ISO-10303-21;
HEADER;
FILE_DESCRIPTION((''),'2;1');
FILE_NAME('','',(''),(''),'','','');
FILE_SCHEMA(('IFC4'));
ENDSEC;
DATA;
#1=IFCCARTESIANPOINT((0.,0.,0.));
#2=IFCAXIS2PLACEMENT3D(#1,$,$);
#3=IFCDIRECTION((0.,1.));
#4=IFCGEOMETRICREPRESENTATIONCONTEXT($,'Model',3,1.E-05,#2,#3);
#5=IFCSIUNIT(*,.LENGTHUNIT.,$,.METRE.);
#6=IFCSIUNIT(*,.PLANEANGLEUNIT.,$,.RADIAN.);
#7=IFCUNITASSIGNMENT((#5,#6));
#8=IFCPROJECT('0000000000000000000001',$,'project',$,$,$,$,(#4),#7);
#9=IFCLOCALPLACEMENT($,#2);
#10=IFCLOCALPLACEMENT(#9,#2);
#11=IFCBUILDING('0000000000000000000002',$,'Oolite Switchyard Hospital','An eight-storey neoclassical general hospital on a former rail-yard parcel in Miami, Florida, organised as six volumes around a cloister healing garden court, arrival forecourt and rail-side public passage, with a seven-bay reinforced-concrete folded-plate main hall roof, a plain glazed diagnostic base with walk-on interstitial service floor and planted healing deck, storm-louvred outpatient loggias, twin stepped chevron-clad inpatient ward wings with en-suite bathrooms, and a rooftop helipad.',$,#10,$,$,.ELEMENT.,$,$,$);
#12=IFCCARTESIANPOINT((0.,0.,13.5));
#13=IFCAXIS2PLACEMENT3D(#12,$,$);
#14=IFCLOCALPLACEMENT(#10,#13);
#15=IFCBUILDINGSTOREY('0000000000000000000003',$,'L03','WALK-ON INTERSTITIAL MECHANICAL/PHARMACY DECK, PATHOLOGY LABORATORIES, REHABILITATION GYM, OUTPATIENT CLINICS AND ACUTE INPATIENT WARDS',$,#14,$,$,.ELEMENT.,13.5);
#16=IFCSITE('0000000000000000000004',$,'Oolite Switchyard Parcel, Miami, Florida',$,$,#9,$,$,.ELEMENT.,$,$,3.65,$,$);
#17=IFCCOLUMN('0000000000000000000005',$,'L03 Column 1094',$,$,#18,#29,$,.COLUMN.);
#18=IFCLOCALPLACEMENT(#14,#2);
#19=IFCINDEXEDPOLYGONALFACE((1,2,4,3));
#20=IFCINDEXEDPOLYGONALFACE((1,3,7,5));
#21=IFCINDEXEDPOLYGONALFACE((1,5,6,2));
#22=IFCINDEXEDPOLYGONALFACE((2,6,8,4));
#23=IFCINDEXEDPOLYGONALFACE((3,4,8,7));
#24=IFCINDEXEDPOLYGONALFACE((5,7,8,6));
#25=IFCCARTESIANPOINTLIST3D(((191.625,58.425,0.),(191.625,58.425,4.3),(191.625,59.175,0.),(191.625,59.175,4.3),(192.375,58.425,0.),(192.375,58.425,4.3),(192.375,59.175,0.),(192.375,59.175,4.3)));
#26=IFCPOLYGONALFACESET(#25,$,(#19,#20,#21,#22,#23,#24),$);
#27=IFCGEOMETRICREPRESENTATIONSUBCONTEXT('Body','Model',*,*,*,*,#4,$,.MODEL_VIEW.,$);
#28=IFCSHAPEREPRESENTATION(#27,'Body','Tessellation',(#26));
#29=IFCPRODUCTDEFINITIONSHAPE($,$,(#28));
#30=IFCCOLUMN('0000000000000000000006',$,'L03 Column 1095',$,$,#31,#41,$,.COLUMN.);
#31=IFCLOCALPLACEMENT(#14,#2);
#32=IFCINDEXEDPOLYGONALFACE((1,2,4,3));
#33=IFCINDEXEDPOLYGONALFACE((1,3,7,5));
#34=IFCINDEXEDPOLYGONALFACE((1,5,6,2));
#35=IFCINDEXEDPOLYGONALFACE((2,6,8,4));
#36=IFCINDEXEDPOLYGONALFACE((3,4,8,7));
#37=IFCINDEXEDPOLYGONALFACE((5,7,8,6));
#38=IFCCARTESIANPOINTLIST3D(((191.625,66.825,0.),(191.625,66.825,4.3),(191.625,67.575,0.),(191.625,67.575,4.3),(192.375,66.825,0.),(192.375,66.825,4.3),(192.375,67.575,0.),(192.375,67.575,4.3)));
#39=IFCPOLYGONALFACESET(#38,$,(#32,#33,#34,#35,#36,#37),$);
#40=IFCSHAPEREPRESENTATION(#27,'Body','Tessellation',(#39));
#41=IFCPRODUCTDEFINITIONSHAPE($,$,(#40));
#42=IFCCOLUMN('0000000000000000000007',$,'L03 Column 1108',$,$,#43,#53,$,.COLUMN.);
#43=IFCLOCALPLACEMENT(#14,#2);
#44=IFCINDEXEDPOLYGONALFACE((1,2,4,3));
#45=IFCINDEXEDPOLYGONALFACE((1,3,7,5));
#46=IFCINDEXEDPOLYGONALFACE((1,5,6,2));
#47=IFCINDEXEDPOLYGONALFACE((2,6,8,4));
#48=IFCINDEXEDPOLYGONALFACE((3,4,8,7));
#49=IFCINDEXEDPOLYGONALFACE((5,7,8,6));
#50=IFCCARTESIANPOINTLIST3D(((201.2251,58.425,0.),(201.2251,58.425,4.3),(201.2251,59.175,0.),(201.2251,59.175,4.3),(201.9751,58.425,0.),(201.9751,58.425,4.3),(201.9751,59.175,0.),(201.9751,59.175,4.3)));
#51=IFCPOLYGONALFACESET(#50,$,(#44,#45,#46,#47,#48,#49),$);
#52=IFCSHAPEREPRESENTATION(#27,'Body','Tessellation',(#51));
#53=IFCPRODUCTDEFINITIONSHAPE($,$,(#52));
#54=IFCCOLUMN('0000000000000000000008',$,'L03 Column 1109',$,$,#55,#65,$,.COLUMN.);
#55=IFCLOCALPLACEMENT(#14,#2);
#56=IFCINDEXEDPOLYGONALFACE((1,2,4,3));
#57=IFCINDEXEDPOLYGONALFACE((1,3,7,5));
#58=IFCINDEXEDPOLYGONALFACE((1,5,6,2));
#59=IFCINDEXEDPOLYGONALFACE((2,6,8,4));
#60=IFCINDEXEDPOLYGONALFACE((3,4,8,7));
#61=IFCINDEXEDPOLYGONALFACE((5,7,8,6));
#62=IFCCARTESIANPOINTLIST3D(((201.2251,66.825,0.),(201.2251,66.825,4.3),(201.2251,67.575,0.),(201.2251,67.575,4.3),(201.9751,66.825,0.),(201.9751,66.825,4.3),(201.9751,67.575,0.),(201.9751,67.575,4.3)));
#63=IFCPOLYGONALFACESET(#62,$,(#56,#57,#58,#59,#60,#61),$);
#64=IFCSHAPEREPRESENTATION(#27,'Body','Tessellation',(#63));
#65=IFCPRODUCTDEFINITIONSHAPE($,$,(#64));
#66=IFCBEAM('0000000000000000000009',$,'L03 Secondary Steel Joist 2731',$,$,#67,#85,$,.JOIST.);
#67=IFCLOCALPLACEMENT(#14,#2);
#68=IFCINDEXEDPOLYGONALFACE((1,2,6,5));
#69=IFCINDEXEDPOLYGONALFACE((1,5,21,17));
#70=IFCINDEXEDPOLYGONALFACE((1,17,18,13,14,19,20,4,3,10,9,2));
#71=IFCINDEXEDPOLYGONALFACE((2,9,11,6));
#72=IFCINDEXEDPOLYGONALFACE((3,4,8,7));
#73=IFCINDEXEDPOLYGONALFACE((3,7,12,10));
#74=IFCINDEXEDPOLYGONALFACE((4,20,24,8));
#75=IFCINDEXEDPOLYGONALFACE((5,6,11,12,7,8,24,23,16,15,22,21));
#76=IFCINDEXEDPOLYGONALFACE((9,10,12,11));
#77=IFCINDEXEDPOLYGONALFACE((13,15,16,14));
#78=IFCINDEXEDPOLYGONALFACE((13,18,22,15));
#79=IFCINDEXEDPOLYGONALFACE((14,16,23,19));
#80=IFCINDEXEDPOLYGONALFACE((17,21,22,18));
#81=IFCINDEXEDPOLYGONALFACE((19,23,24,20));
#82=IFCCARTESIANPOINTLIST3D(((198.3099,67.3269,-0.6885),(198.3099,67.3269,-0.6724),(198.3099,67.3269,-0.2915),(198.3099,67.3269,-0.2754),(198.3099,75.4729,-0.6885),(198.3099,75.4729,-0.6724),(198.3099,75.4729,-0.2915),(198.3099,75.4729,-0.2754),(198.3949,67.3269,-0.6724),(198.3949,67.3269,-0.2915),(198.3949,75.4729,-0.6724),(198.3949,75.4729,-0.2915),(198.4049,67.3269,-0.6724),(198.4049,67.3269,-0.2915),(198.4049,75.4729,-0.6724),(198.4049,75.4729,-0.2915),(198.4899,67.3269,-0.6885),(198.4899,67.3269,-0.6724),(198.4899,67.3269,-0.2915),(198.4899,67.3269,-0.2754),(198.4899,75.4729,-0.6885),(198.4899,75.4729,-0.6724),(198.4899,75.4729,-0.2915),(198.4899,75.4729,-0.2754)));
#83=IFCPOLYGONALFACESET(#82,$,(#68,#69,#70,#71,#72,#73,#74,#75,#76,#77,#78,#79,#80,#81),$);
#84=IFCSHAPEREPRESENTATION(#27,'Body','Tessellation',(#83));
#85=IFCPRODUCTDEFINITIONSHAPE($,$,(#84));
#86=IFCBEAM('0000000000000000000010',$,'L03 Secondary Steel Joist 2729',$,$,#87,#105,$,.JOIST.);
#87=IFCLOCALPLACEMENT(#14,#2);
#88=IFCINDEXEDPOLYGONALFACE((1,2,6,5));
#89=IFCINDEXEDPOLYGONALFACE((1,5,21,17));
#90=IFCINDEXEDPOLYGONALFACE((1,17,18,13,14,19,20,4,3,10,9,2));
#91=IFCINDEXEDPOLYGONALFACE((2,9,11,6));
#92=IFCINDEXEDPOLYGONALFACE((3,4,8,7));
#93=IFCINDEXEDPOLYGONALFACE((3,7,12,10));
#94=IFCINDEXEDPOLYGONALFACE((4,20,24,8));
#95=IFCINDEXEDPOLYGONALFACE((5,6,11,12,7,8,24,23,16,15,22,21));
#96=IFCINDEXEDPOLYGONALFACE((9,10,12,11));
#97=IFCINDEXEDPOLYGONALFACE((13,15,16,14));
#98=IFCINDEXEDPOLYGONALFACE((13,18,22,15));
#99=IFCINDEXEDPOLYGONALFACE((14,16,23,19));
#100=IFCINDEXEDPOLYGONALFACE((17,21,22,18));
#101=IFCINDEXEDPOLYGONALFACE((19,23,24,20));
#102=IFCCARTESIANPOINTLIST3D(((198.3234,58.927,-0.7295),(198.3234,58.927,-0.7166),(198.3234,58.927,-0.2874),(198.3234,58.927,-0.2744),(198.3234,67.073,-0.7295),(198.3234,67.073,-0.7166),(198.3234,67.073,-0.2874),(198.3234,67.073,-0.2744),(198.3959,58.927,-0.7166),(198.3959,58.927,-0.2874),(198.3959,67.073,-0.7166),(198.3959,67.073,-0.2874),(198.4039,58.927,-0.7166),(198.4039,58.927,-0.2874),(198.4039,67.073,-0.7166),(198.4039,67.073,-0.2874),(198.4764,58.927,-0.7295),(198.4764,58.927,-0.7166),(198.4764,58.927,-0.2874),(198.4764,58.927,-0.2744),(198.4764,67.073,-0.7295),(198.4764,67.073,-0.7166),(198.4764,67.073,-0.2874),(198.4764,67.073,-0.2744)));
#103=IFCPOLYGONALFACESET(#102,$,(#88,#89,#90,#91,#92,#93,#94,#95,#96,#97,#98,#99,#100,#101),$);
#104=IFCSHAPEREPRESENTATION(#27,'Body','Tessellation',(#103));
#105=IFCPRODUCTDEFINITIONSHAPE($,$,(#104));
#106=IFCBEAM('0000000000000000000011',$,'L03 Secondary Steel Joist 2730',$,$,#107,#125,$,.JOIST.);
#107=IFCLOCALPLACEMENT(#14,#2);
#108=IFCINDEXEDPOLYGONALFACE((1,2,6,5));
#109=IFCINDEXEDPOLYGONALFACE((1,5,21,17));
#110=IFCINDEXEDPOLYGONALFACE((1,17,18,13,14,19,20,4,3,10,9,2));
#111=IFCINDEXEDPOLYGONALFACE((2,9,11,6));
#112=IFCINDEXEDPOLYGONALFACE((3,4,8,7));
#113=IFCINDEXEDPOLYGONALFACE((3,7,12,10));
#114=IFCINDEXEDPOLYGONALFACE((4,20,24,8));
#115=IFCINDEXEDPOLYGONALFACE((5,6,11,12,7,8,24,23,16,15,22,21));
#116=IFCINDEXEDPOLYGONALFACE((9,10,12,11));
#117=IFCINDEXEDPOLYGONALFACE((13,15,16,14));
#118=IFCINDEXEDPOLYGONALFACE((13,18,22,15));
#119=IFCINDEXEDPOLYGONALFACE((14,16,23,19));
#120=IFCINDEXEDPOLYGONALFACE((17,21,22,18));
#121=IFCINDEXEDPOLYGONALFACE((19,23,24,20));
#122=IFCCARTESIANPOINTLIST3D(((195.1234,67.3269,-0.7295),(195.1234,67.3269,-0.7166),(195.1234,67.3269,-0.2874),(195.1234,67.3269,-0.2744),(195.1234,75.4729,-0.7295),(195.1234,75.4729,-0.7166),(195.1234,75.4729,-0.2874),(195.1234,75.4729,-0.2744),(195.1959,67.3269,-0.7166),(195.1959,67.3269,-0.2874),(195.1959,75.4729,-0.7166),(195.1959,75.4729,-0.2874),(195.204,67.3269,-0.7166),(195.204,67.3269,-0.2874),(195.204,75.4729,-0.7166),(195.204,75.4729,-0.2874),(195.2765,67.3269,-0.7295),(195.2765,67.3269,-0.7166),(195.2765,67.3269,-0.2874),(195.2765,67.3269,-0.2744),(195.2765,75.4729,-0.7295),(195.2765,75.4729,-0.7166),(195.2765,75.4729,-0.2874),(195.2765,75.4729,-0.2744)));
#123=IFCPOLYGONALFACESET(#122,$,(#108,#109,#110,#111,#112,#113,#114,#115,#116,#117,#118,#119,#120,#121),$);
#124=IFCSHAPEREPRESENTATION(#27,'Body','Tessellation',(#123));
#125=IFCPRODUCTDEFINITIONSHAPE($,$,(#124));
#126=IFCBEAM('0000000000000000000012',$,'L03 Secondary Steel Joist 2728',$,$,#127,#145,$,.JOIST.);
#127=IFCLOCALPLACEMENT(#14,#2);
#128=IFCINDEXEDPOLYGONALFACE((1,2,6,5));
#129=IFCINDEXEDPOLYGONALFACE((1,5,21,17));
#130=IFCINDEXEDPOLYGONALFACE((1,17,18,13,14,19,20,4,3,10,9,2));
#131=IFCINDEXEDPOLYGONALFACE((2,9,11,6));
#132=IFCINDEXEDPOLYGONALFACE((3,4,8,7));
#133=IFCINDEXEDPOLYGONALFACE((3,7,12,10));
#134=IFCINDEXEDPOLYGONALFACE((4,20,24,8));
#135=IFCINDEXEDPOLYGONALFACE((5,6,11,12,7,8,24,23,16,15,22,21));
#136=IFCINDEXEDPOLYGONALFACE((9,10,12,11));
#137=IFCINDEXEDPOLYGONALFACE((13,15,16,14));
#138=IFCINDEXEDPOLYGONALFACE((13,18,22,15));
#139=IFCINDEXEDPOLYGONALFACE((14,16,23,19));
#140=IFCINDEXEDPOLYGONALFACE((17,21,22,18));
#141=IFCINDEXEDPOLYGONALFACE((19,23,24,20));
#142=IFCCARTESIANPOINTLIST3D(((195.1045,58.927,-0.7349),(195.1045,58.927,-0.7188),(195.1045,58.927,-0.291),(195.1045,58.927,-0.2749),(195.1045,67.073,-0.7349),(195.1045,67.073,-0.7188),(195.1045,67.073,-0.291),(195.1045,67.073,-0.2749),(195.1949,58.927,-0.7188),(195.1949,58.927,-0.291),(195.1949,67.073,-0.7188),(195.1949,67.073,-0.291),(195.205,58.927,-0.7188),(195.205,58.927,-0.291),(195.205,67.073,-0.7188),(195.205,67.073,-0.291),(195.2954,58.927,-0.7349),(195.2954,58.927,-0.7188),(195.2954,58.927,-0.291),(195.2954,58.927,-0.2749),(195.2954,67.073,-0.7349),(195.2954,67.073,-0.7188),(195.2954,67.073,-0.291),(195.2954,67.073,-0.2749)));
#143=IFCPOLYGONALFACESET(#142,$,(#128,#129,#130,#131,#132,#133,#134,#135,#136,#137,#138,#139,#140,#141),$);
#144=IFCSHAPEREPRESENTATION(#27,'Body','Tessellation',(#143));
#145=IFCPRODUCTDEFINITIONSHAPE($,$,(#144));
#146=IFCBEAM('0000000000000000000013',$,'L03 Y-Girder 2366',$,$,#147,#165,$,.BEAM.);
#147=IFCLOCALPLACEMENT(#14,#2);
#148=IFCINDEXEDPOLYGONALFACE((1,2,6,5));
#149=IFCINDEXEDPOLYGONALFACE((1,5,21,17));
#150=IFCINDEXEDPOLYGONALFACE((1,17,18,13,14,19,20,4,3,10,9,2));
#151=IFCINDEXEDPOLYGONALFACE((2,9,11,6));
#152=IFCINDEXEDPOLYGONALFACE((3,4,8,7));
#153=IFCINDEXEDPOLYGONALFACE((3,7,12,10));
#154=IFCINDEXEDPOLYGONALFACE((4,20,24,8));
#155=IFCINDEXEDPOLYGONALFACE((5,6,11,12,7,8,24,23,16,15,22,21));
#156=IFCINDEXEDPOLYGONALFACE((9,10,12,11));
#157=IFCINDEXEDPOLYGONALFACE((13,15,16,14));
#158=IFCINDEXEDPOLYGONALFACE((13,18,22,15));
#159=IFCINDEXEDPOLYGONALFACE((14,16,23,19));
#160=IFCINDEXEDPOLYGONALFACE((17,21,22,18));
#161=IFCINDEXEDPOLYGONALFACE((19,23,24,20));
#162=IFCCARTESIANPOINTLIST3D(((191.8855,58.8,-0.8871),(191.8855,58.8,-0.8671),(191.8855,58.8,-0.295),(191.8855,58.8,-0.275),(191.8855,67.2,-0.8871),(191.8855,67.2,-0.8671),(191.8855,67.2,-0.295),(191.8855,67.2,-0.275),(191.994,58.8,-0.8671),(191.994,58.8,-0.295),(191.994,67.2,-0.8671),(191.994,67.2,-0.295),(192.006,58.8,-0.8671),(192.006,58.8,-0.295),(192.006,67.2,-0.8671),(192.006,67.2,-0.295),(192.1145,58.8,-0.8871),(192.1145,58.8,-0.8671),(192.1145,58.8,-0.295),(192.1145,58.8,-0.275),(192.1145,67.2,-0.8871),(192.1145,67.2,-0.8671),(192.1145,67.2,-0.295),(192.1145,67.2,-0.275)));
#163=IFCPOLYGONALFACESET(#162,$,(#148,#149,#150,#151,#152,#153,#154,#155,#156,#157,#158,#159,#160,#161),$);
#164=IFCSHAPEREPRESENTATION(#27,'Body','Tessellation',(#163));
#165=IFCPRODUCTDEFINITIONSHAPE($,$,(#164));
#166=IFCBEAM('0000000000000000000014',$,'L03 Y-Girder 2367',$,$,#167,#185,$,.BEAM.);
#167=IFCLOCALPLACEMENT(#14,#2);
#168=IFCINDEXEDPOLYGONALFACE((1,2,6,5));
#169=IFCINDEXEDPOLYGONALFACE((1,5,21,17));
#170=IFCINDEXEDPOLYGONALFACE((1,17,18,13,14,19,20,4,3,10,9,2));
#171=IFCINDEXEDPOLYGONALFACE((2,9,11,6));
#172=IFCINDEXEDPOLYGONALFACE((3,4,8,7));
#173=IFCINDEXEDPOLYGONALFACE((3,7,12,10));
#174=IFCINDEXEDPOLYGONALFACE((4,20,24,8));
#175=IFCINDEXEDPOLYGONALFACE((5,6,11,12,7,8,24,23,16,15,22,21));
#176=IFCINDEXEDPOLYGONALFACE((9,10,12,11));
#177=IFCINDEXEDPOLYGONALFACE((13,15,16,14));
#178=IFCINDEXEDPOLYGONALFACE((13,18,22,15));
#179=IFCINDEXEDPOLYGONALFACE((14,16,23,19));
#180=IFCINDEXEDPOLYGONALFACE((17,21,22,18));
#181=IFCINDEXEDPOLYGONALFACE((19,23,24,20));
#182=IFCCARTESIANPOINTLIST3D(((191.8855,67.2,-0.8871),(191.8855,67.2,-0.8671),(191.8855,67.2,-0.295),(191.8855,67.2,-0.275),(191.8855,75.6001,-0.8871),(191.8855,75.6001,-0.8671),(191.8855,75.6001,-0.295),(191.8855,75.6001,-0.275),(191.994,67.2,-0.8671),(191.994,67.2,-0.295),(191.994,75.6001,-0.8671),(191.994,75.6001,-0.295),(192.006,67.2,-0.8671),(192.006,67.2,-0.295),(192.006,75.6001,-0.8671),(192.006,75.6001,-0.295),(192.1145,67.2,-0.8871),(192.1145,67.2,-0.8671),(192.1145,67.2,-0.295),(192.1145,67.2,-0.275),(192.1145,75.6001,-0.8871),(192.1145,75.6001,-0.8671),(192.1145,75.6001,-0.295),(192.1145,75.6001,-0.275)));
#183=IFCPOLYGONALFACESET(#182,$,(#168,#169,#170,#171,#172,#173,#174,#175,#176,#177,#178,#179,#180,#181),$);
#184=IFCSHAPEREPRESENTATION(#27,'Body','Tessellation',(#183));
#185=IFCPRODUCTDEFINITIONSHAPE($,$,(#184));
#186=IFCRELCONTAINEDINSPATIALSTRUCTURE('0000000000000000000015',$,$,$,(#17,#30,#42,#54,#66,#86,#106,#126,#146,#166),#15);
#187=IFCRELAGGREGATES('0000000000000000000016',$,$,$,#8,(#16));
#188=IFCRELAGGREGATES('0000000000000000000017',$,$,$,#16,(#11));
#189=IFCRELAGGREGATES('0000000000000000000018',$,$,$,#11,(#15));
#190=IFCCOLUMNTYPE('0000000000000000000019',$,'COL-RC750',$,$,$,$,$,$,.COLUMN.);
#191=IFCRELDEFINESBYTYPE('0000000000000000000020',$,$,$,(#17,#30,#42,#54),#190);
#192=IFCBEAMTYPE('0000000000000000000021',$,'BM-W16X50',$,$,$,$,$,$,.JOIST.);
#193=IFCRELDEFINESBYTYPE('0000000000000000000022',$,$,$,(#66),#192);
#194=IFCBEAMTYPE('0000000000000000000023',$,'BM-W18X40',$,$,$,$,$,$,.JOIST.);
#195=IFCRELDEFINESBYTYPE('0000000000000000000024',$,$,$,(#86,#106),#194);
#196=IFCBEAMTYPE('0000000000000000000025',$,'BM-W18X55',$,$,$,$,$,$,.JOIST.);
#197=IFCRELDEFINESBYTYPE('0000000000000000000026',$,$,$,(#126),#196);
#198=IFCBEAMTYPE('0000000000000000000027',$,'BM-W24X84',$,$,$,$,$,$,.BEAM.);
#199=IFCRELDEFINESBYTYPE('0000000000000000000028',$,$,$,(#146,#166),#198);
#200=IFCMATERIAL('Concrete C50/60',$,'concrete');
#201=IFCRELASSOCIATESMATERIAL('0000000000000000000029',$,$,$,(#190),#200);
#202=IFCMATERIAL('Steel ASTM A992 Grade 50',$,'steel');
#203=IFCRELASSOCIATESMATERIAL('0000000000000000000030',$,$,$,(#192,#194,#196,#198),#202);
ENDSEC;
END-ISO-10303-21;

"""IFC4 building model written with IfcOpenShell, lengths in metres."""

from ifc_helpers import new_model, si_unit, direction, frame, origin, origin_2d, place, context, subcontext, project, spatial, rectangle, i_section, extrude, material, material_profile, profile_set, type_object, element, save


model = new_model("IFC4")

# Units and contexts
model_context = context("Model", 3, precision=1e-05, world=origin(), true_north=direction((0.0, 1.0)))
body_context = subcontext(model_context, "Body", "Model", "MODEL_VIEW")
ifc_project = project(units=[si_unit("LENGTHUNIT", "METRE"), si_unit("PLANEANGLEUNIT", "RADIAN")], contexts=[model_context])

# Site, building, storey
site_placement = place(None, origin())
site = spatial("IfcSite", under=ifc_project, at=site_placement, Name="Oolite Switchyard Parcel, Miami, Florida", CompositionType="ELEMENT", RefElevation=3.65)
building_placement = place(site_placement, origin())
building = spatial("IfcBuilding", under=site, at=building_placement, Name="Oolite Switchyard Hospital", Description="An eight-storey neoclassical general hospital on a former rail-yard parcel in Miami, Florida, organised as six volumes around a cloister healing garden court, arrival forecourt and rail-side public passage, with a seven-bay reinforced-concrete folded-plate main hall roof, a plain glazed diagnostic base with walk-on interstitial service floor and planted healing deck, storm-louvred outpatient loggias, twin stepped chevron-clad inpatient ward wings with en-suite bathrooms, and a rooftop helipad.", CompositionType="ELEMENT")
storey_placement = place(building_placement, frame((0.0, 0.0, 13.5)))
storey = spatial("IfcBuildingStorey", under=building, at=storey_placement, Name="L03", Description="WALK-ON INTERSTITIAL MECHANICAL/PHARMACY DECK, PATHOLOGY LABORATORIES, REHABILITATION GYM, OUTPATIENT CLINICS AND ACUTE INPATIENT WARDS", CompositionType="ELEMENT", Elevation=13.5)

# Columns
ifc_material_1 = material(Name="Concrete C50/60", Category="concrete")
ifc_material_profile_1 = material_profile(ifc_material_1, rectangle(XDim=0.75, YDim=0.75, at=origin_2d()), Name="RC750X750")
ifc_profile_set_1 = profile_set([ifc_material_profile_1], Name="Concrete C50/60")
column_type = type_object("IfcColumnType", Name="COL-RC750", PredefinedType="COLUMN", material=ifc_profile_set_1)
for number, where, z_axis, x_axis, name in (
    (1, (192.0, 58.8, 0.0), (0.0, 0.0, 1.0), (1.0, 0.0, 0.0), "L03 Column 1094"),
    (2, (192.0, 67.2, 0.0), (0.0, 0.0, 1.0), (1.0, 0.0, 0.0), "L03 Column 1095"),
    (3, (201.6001, 58.8, 0.0), (0.0, 0.0, 1.0), (1.0, 0.0, 0.0), "L03 Column 1108"),
    (4, (201.6001, 67.2, 0.0), (0.0, 0.0, 1.0), (1.0, 0.0, 0.0), "L03 Column 1109"),
):
    element("IfcColumn", number, at=place(storey_placement, frame(where, z_axis=z_axis, x_axis=x_axis)), inside=storey, type_object=column_type, Name=name, PredefinedType="COLUMN", context=body_context, shape_type="SweptSolid", body=[
        extrude(rectangle(XDim=0.75, YDim=0.75, at=origin_2d()), origin(), (0.0, 0.0, 1.0), 4.3),
    ])

# Beams
ifc_material_2 = material(Name="Steel ASTM A992 Grade 50", Category="steel")
ifc_material_profile_2 = material_profile(ifc_material_2, i_section(OverallWidth=0.1799, OverallDepth=0.4131, WebThickness=0.01, FlangeThickness=0.0161, at=origin_2d()), Name="W16X50")
ifc_profile_set_2 = profile_set([ifc_material_profile_2], Name="Steel ASTM A992 Grade 50")
beam_type_1 = type_object("IfcBeamType", Name="BM-W16X50", PredefinedType="JOIST", material=ifc_profile_set_2)
beam_1_placement = place(storey_placement, frame((198.3999, 67.3269, -0.4819), z_axis=(0.0, 1.0, 0.0), x_axis=(-1.0, 0.0, 0.0)))
element("IfcBeam", 5, at=beam_1_placement, inside=storey, type_object=beam_type_1, Name="L03 Secondary Steel Joist 2731", PredefinedType="JOIST", context=body_context, shape_type="SweptSolid", body=[
    extrude(i_section(OverallWidth=0.1799, OverallDepth=0.4131, WebThickness=0.01, FlangeThickness=0.0161, at=origin_2d()), origin(), (0.0, 0.0, 1.0), 8.146),
])
ifc_material_profile_3 = material_profile(ifc_material_2, i_section(OverallWidth=0.1531, OverallDepth=0.4551, WebThickness=0.0081, FlangeThickness=0.0129, at=origin_2d()), Name="W18X40")
ifc_profile_set_3 = profile_set([ifc_material_profile_3], Name="Steel ASTM A992 Grade 50")
beam_type_2 = type_object("IfcBeamType", Name="BM-W18X40", PredefinedType="JOIST", material=ifc_profile_set_3)
for number, where, z_axis, x_axis, name in (
    (6, (198.3999, 58.927, -0.502), (0.0, 1.0, 0.0), (-1.0, 0.0, 0.0), "L03 Secondary Steel Joist 2729"),
    (7, (195.2, 67.3269, -0.502), (0.0, 1.0, 0.0), (-1.0, 0.0, 0.0), "L03 Secondary Steel Joist 2730"),
):
    element("IfcBeam", number, at=place(storey_placement, frame(where, z_axis=z_axis, x_axis=x_axis)), inside=storey, type_object=beam_type_2, Name=name, PredefinedType="JOIST", context=body_context, shape_type="SweptSolid", body=[
        extrude(i_section(OverallWidth=0.1531, OverallDepth=0.4551, WebThickness=0.0081, FlangeThickness=0.0129, at=origin_2d()), origin(), (0.0, 0.0, 1.0), 8.146),
    ])
ifc_material_profile_4 = material_profile(ifc_material_2, i_section(OverallWidth=0.1909, OverallDepth=0.46, WebThickness=0.01, FlangeThickness=0.0161, at=origin_2d()), Name="W18X55")
ifc_profile_set_4 = profile_set([ifc_material_profile_4], Name="Steel ASTM A992 Grade 50")
beam_type_3 = type_object("IfcBeamType", Name="BM-W18X55", PredefinedType="JOIST", material=ifc_profile_set_4)
beam_2_placement = place(storey_placement, frame((195.2, 58.927, -0.5049), z_axis=(0.0, 1.0, 0.0), x_axis=(-1.0, 0.0, 0.0)))
element("IfcBeam", 8, at=beam_2_placement, inside=storey, type_object=beam_type_3, Name="L03 Secondary Steel Joist 2728", PredefinedType="JOIST", context=body_context, shape_type="SweptSolid", body=[
    extrude(i_section(OverallWidth=0.1909, OverallDepth=0.46, WebThickness=0.01, FlangeThickness=0.0161, at=origin_2d()), origin(), (0.0, 0.0, 1.0), 8.146),
])
ifc_material_profile_5 = material_profile(ifc_material_2, i_section(OverallWidth=0.229, OverallDepth=0.6121, WebThickness=0.012, FlangeThickness=0.02, at=origin_2d()), Name="W24X84")
ifc_profile_set_5 = profile_set([ifc_material_profile_5], Name="Steel ASTM A992 Grade 50")
beam_type_4 = type_object("IfcBeamType", Name="BM-W24X84", PredefinedType="BEAM", material=ifc_profile_set_5)
beam_3_placement = place(storey_placement, frame((192.0, 58.8, -0.5811), z_axis=(0.0, 1.0, 0.0), x_axis=(-1.0, 0.0, 0.0)))
element("IfcBeam", 9, at=beam_3_placement, inside=storey, type_object=beam_type_4, Name="L03 Y-Girder 2366", PredefinedType="BEAM", context=body_context, shape_type="SweptSolid", body=[
    extrude(i_section(OverallWidth=0.229, OverallDepth=0.6121, WebThickness=0.012, FlangeThickness=0.02, at=origin_2d()), origin(), (0.0, 0.0, 1.0), 8.3999),
])
beam_4_placement = place(storey_placement, frame((192.0, 67.2, -0.5811), z_axis=(0.0, 1.0, 0.0), x_axis=(-1.0, 0.0, 0.0)))
element("IfcBeam", 10, at=beam_4_placement, inside=storey, type_object=beam_type_4, Name="L03 Y-Girder 2367", PredefinedType="BEAM", context=body_context, shape_type="SweptSolid", body=[
    extrude(i_section(OverallWidth=0.229, OverallDepth=0.6121, WebThickness=0.012, FlangeThickness=0.02, at=origin_2d()), origin(), (0.0, 0.0, 1.0), 8.4001),
])

save(model, "model.ifc")
